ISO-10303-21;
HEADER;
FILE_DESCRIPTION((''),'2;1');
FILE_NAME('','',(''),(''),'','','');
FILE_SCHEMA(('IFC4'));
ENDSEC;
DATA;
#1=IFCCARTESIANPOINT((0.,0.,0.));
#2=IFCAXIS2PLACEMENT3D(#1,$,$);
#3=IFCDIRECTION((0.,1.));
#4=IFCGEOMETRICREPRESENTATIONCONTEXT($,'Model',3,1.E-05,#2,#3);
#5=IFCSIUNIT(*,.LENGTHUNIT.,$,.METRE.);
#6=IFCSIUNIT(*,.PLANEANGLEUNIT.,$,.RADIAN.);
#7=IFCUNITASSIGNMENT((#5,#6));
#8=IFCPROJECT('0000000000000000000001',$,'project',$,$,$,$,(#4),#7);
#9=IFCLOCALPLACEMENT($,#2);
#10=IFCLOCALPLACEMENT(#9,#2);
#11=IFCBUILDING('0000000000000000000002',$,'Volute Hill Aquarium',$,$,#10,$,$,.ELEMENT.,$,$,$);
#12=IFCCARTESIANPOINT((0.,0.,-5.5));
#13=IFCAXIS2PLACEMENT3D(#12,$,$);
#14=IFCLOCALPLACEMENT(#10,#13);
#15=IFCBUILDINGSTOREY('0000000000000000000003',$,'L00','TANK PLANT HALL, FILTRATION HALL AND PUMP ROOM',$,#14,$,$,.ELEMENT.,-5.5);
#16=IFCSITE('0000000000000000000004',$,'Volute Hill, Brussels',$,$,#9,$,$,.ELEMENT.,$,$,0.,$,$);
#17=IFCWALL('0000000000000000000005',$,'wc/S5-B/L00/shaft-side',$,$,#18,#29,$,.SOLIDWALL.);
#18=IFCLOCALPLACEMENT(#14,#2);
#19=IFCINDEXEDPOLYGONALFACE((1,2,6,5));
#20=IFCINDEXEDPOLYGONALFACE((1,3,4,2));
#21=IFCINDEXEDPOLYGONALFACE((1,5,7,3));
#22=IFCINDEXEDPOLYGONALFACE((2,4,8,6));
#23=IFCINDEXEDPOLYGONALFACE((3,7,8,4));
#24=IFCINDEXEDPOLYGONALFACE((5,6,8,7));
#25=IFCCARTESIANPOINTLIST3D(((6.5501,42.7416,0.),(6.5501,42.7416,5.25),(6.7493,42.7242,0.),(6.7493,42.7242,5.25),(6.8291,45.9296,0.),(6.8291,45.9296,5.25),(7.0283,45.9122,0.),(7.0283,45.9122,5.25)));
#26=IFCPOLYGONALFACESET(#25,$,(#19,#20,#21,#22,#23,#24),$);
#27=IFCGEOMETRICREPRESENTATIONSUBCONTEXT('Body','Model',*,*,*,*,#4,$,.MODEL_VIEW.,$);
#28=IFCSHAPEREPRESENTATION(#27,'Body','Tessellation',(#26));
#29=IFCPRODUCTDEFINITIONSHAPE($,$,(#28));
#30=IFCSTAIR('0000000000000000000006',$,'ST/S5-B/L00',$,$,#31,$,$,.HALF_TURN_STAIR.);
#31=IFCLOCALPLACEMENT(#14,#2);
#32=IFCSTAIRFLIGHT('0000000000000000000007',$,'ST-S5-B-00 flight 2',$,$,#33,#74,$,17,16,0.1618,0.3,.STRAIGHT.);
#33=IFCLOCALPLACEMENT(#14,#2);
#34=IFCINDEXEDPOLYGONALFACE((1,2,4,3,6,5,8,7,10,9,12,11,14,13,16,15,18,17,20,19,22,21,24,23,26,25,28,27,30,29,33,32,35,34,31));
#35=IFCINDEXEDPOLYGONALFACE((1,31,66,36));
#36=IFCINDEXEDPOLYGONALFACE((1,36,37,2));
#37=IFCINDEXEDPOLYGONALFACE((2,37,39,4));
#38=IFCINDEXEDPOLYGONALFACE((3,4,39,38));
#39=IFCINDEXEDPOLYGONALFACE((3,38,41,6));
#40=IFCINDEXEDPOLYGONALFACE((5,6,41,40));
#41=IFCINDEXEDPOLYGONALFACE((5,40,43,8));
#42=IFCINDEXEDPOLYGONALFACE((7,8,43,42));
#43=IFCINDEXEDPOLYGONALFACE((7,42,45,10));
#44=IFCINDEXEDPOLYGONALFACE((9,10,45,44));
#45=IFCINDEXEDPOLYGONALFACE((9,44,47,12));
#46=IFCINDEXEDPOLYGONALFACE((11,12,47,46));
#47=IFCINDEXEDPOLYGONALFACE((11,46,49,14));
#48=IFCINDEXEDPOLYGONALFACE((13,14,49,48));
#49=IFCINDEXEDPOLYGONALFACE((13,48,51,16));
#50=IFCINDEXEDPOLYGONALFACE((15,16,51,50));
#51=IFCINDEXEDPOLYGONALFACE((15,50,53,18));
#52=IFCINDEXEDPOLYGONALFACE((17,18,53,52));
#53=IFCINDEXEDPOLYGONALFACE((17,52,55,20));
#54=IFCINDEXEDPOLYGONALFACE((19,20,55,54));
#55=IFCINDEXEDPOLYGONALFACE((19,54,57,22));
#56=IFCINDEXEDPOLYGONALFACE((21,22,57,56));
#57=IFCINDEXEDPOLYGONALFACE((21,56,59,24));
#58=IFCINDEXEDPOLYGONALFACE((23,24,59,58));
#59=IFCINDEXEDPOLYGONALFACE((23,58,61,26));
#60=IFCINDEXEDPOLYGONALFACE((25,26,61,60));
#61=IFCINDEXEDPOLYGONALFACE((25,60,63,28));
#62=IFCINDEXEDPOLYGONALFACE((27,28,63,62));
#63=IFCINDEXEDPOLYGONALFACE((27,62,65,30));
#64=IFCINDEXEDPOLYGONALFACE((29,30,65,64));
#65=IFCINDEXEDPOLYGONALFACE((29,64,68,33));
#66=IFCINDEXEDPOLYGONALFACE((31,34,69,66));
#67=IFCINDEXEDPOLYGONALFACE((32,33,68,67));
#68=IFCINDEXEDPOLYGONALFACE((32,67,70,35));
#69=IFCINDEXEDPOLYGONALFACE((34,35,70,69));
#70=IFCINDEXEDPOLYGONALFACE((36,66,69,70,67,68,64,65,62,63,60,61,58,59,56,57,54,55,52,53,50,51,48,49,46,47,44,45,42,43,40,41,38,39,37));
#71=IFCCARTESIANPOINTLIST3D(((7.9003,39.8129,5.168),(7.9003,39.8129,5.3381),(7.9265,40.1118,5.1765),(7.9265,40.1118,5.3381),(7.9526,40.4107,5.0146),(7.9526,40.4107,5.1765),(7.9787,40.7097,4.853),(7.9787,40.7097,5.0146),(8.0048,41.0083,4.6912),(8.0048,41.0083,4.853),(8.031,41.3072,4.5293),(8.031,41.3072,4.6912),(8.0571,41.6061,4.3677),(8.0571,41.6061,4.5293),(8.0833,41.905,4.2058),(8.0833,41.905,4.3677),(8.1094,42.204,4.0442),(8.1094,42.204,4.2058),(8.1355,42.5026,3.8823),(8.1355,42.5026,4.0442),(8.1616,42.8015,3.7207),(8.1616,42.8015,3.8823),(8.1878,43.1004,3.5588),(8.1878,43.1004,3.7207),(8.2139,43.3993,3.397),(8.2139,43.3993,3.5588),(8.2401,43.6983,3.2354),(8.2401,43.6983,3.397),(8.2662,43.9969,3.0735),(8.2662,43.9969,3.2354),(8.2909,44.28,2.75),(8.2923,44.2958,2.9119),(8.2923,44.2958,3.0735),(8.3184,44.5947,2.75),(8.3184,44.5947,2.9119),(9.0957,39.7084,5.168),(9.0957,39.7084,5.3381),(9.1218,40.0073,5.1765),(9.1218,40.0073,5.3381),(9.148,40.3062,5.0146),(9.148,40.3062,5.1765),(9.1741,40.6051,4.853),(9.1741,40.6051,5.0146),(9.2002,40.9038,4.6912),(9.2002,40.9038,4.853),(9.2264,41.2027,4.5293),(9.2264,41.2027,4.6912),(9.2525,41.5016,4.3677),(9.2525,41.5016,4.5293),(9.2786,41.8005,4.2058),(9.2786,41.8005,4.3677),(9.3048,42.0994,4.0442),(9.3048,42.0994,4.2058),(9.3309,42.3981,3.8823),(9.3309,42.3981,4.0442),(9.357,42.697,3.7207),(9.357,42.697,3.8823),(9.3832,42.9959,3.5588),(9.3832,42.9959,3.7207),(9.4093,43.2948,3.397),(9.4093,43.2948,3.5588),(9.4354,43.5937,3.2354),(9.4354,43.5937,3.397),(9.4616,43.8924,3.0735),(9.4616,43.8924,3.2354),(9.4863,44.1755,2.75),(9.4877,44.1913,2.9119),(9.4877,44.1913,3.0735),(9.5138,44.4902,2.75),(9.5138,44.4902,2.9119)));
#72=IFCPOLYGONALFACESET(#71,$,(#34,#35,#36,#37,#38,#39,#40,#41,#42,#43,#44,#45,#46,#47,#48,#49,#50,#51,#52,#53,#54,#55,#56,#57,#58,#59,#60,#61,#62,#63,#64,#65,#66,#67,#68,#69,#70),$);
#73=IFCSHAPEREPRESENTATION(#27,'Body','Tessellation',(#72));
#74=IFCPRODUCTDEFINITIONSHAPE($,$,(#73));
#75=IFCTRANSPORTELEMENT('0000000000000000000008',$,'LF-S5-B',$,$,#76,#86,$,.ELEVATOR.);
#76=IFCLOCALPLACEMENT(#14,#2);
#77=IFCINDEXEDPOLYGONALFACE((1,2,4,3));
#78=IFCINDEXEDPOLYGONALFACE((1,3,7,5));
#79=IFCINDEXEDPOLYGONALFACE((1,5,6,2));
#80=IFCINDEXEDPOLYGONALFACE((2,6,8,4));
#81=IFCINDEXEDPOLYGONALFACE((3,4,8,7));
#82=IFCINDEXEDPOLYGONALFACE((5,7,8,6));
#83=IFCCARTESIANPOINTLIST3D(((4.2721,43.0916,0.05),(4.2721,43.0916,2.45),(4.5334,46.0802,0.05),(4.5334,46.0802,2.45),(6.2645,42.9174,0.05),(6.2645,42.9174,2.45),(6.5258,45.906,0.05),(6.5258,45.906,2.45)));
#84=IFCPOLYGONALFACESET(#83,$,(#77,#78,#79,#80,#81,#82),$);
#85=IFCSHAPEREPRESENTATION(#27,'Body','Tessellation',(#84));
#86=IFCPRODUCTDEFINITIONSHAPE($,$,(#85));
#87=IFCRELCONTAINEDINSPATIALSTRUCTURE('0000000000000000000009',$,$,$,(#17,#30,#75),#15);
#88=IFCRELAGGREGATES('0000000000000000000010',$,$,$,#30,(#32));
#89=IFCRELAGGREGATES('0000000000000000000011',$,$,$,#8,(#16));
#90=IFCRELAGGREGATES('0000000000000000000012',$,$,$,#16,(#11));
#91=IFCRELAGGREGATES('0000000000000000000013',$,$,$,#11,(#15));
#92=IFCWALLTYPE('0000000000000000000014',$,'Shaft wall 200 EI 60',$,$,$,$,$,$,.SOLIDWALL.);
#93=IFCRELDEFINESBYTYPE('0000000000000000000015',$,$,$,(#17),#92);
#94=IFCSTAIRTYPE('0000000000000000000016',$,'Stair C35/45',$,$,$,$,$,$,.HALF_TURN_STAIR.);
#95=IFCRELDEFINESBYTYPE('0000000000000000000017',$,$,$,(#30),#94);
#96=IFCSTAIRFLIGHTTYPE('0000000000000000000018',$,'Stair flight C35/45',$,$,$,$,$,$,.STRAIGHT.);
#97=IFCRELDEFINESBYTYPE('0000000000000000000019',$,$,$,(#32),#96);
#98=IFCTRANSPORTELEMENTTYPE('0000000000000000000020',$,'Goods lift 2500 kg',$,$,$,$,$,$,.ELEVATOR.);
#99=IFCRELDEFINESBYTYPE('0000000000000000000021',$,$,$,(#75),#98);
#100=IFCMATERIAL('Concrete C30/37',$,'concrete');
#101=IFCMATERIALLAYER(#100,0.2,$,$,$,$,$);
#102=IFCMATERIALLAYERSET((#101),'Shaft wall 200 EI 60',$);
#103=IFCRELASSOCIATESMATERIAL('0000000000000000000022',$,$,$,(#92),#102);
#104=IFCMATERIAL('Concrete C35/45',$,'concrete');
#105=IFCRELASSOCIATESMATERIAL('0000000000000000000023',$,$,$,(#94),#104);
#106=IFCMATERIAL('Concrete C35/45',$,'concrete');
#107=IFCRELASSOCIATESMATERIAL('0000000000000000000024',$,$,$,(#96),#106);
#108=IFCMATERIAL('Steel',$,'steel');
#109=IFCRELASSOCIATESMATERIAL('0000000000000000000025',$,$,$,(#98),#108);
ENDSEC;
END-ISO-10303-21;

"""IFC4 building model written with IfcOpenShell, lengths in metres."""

from ifc_helpers import new_model, si_unit, direction, frame, frame_2d, origin, origin_2d, place, context, subcontext, project, spatial, polyline, rectangle, outline, extrude, material, layer, layer_set, type_object, element, aggregate, save


model = new_model("IFC4")

# Units and contexts
model_context = context("Model", 3, precision=1e-05, world=origin(), true_north=direction((0.0, 1.0)))
body_context = subcontext(model_context, "Body", "Model", "MODEL_VIEW")
ifc_project = project(units=[si_unit("LENGTHUNIT", "METRE"), si_unit("PLANEANGLEUNIT", "RADIAN")], contexts=[model_context])

# Site, building, storey
site_placement = place(None, origin())
site = spatial("IfcSite", under=ifc_project, at=site_placement, Name="Volute Hill, Brussels", CompositionType="ELEMENT", RefElevation=0.0)
building_placement = place(site_placement, origin())
building = spatial("IfcBuilding", under=site, at=building_placement, Name="Volute Hill Aquarium", CompositionType="ELEMENT")
storey_placement = place(building_placement, frame((0.0, 0.0, -5.5)))
storey = spatial("IfcBuildingStorey", under=building, at=storey_placement, Name="L00", Description="TANK PLANT HALL, FILTRATION HALL AND PUMP ROOM", CompositionType="ELEMENT", Elevation=-5.5)

# Shared definitions
ifc_material_1 = material(Name="Concrete C30/37", Category="concrete")
ifc_layer_1 = layer(ifc_material_1, 0.2)
ifc_layer_set_1 = layer_set([ifc_layer_1], Name="Shaft wall 200 EI 60")
wall_type_1 = type_object("IfcWallType", Name="Shaft wall 200 EI 60", PredefinedType="SOLIDWALL", material=ifc_layer_set_1)

# Wall
wall_1_placement = place(storey_placement, frame((6.6497, 42.7329, 0.0), z_axis=(0.0, 0.0, 1.0), x_axis=(0.087199, 0.996191, 0.0)))
element("IfcWall", 1, at=wall_1_placement, inside=storey, type_object=wall_type_1, Name="wc/S5-B/L00/shaft-side", PredefinedType="SOLIDWALL", context=body_context, shape_type="SweptSolid", body=[
    extrude(rectangle(XDim=3.2002, YDim=0.2, at=frame_2d((1.6001, 0.0))), origin(), (0.0, 0.0, 1.0), 5.25),
])

# Stair, stair flight
ifc_material_2 = material(Name="Concrete C35/45", Category="concrete")
stair_type = type_object("IfcStairType", Name="Stair C35/45", PredefinedType="HALF_TURN_STAIR", material=ifc_material_2)
stair_placement = place(storey_placement, origin())
stair = element("IfcStair", 2, at=stair_placement, inside=storey, type_object=stair_type, Name="ST/S5-B/L00", PredefinedType="HALF_TURN_STAIR")
ifc_material_3 = material(Name="Concrete C35/45", Category="concrete")
stair_flight_type = type_object("IfcStairFlightType", Name="Stair flight C35/45", PredefinedType="STRAIGHT", material=ifc_material_3)
stair_flight_placement = place(storey_placement, frame((8.916, 44.5425, 2.75), z_axis=(0.0, 0.0, 1.0), x_axis=(-0.087109, -0.996199, 0.0)))
stair_flight = element("IfcStairFlight", 3, at=stair_flight_placement, type_object=stair_flight_type, Name="ST-S5-B-00 flight 2", NumberOfRisers=17, NumberOfTreads=16, PredefinedType="STRAIGHT", RiserHeight=0.1618, TreadLength=0.3, context=body_context, shape_type="SweptSolid", body=[
    extrude(outline(polyline([(0.0, 0.0), (0.0, 0.1619), (0.3, 0.1619), (0.3, 0.3235), (0.6001, 0.3235), (0.6001, 0.4854), (0.8999, 0.4854), (0.8999, 0.647), (1.2, 0.647), (1.2, 0.8088), (1.5, 0.8088), (1.5, 0.9707), (1.8, 0.9707), (1.8, 1.1323), (2.1001, 1.1323), (2.1001, 1.2942), (2.3999, 1.2942), (2.3999, 1.4558), (2.7, 1.4558), (2.7, 1.6177), (3.0, 1.6177), (3.0, 1.7793), (3.3, 1.7793), (3.3, 1.9412), (3.6001, 1.9412), (3.6001, 2.103), (3.8999, 2.103), (3.8999, 2.2646), (4.2, 2.2646), (4.2, 2.4265), (4.5, 2.4265), (4.5, 2.5881), (4.8, 2.5881), (4.8, 2.75), (4.8, 2.418), (0.3159, 0.0), (0.0, 0.0)])), frame((0.0, 0.6001, 0.0), z_axis=(0.0, -1.0, 0.0), x_axis=(1.0, 0.0, 0.0)), (0.0, 0.0, 1.0), 1.2),
])
aggregate(stair, [stair_flight])

# Transport element
ifc_material_4 = material(Name="Steel", Category="steel")
transport_element_type = type_object("IfcTransportElementType", Name="Goods lift 2500 kg", PredefinedType="ELEVATOR", material=ifc_material_4)
transport_element_placement = place(storey_placement, frame((5.3989, 44.4988, 0.05), z_axis=(0.0, 0.0, 1.0), x_axis=(0.087109, 0.996199, 0.0)))
element("IfcTransportElement", 4, at=transport_element_placement, inside=storey, type_object=transport_element_type, Name="LF-S5-B", PredefinedType="ELEVATOR", context=body_context, shape_type="SweptSolid", body=[
    extrude(rectangle(XDim=3.0, YDim=2.0, at=origin_2d()), origin(), (0.0, 0.0, 1.0), 2.3999),
])

save(model, "model.ifc")
